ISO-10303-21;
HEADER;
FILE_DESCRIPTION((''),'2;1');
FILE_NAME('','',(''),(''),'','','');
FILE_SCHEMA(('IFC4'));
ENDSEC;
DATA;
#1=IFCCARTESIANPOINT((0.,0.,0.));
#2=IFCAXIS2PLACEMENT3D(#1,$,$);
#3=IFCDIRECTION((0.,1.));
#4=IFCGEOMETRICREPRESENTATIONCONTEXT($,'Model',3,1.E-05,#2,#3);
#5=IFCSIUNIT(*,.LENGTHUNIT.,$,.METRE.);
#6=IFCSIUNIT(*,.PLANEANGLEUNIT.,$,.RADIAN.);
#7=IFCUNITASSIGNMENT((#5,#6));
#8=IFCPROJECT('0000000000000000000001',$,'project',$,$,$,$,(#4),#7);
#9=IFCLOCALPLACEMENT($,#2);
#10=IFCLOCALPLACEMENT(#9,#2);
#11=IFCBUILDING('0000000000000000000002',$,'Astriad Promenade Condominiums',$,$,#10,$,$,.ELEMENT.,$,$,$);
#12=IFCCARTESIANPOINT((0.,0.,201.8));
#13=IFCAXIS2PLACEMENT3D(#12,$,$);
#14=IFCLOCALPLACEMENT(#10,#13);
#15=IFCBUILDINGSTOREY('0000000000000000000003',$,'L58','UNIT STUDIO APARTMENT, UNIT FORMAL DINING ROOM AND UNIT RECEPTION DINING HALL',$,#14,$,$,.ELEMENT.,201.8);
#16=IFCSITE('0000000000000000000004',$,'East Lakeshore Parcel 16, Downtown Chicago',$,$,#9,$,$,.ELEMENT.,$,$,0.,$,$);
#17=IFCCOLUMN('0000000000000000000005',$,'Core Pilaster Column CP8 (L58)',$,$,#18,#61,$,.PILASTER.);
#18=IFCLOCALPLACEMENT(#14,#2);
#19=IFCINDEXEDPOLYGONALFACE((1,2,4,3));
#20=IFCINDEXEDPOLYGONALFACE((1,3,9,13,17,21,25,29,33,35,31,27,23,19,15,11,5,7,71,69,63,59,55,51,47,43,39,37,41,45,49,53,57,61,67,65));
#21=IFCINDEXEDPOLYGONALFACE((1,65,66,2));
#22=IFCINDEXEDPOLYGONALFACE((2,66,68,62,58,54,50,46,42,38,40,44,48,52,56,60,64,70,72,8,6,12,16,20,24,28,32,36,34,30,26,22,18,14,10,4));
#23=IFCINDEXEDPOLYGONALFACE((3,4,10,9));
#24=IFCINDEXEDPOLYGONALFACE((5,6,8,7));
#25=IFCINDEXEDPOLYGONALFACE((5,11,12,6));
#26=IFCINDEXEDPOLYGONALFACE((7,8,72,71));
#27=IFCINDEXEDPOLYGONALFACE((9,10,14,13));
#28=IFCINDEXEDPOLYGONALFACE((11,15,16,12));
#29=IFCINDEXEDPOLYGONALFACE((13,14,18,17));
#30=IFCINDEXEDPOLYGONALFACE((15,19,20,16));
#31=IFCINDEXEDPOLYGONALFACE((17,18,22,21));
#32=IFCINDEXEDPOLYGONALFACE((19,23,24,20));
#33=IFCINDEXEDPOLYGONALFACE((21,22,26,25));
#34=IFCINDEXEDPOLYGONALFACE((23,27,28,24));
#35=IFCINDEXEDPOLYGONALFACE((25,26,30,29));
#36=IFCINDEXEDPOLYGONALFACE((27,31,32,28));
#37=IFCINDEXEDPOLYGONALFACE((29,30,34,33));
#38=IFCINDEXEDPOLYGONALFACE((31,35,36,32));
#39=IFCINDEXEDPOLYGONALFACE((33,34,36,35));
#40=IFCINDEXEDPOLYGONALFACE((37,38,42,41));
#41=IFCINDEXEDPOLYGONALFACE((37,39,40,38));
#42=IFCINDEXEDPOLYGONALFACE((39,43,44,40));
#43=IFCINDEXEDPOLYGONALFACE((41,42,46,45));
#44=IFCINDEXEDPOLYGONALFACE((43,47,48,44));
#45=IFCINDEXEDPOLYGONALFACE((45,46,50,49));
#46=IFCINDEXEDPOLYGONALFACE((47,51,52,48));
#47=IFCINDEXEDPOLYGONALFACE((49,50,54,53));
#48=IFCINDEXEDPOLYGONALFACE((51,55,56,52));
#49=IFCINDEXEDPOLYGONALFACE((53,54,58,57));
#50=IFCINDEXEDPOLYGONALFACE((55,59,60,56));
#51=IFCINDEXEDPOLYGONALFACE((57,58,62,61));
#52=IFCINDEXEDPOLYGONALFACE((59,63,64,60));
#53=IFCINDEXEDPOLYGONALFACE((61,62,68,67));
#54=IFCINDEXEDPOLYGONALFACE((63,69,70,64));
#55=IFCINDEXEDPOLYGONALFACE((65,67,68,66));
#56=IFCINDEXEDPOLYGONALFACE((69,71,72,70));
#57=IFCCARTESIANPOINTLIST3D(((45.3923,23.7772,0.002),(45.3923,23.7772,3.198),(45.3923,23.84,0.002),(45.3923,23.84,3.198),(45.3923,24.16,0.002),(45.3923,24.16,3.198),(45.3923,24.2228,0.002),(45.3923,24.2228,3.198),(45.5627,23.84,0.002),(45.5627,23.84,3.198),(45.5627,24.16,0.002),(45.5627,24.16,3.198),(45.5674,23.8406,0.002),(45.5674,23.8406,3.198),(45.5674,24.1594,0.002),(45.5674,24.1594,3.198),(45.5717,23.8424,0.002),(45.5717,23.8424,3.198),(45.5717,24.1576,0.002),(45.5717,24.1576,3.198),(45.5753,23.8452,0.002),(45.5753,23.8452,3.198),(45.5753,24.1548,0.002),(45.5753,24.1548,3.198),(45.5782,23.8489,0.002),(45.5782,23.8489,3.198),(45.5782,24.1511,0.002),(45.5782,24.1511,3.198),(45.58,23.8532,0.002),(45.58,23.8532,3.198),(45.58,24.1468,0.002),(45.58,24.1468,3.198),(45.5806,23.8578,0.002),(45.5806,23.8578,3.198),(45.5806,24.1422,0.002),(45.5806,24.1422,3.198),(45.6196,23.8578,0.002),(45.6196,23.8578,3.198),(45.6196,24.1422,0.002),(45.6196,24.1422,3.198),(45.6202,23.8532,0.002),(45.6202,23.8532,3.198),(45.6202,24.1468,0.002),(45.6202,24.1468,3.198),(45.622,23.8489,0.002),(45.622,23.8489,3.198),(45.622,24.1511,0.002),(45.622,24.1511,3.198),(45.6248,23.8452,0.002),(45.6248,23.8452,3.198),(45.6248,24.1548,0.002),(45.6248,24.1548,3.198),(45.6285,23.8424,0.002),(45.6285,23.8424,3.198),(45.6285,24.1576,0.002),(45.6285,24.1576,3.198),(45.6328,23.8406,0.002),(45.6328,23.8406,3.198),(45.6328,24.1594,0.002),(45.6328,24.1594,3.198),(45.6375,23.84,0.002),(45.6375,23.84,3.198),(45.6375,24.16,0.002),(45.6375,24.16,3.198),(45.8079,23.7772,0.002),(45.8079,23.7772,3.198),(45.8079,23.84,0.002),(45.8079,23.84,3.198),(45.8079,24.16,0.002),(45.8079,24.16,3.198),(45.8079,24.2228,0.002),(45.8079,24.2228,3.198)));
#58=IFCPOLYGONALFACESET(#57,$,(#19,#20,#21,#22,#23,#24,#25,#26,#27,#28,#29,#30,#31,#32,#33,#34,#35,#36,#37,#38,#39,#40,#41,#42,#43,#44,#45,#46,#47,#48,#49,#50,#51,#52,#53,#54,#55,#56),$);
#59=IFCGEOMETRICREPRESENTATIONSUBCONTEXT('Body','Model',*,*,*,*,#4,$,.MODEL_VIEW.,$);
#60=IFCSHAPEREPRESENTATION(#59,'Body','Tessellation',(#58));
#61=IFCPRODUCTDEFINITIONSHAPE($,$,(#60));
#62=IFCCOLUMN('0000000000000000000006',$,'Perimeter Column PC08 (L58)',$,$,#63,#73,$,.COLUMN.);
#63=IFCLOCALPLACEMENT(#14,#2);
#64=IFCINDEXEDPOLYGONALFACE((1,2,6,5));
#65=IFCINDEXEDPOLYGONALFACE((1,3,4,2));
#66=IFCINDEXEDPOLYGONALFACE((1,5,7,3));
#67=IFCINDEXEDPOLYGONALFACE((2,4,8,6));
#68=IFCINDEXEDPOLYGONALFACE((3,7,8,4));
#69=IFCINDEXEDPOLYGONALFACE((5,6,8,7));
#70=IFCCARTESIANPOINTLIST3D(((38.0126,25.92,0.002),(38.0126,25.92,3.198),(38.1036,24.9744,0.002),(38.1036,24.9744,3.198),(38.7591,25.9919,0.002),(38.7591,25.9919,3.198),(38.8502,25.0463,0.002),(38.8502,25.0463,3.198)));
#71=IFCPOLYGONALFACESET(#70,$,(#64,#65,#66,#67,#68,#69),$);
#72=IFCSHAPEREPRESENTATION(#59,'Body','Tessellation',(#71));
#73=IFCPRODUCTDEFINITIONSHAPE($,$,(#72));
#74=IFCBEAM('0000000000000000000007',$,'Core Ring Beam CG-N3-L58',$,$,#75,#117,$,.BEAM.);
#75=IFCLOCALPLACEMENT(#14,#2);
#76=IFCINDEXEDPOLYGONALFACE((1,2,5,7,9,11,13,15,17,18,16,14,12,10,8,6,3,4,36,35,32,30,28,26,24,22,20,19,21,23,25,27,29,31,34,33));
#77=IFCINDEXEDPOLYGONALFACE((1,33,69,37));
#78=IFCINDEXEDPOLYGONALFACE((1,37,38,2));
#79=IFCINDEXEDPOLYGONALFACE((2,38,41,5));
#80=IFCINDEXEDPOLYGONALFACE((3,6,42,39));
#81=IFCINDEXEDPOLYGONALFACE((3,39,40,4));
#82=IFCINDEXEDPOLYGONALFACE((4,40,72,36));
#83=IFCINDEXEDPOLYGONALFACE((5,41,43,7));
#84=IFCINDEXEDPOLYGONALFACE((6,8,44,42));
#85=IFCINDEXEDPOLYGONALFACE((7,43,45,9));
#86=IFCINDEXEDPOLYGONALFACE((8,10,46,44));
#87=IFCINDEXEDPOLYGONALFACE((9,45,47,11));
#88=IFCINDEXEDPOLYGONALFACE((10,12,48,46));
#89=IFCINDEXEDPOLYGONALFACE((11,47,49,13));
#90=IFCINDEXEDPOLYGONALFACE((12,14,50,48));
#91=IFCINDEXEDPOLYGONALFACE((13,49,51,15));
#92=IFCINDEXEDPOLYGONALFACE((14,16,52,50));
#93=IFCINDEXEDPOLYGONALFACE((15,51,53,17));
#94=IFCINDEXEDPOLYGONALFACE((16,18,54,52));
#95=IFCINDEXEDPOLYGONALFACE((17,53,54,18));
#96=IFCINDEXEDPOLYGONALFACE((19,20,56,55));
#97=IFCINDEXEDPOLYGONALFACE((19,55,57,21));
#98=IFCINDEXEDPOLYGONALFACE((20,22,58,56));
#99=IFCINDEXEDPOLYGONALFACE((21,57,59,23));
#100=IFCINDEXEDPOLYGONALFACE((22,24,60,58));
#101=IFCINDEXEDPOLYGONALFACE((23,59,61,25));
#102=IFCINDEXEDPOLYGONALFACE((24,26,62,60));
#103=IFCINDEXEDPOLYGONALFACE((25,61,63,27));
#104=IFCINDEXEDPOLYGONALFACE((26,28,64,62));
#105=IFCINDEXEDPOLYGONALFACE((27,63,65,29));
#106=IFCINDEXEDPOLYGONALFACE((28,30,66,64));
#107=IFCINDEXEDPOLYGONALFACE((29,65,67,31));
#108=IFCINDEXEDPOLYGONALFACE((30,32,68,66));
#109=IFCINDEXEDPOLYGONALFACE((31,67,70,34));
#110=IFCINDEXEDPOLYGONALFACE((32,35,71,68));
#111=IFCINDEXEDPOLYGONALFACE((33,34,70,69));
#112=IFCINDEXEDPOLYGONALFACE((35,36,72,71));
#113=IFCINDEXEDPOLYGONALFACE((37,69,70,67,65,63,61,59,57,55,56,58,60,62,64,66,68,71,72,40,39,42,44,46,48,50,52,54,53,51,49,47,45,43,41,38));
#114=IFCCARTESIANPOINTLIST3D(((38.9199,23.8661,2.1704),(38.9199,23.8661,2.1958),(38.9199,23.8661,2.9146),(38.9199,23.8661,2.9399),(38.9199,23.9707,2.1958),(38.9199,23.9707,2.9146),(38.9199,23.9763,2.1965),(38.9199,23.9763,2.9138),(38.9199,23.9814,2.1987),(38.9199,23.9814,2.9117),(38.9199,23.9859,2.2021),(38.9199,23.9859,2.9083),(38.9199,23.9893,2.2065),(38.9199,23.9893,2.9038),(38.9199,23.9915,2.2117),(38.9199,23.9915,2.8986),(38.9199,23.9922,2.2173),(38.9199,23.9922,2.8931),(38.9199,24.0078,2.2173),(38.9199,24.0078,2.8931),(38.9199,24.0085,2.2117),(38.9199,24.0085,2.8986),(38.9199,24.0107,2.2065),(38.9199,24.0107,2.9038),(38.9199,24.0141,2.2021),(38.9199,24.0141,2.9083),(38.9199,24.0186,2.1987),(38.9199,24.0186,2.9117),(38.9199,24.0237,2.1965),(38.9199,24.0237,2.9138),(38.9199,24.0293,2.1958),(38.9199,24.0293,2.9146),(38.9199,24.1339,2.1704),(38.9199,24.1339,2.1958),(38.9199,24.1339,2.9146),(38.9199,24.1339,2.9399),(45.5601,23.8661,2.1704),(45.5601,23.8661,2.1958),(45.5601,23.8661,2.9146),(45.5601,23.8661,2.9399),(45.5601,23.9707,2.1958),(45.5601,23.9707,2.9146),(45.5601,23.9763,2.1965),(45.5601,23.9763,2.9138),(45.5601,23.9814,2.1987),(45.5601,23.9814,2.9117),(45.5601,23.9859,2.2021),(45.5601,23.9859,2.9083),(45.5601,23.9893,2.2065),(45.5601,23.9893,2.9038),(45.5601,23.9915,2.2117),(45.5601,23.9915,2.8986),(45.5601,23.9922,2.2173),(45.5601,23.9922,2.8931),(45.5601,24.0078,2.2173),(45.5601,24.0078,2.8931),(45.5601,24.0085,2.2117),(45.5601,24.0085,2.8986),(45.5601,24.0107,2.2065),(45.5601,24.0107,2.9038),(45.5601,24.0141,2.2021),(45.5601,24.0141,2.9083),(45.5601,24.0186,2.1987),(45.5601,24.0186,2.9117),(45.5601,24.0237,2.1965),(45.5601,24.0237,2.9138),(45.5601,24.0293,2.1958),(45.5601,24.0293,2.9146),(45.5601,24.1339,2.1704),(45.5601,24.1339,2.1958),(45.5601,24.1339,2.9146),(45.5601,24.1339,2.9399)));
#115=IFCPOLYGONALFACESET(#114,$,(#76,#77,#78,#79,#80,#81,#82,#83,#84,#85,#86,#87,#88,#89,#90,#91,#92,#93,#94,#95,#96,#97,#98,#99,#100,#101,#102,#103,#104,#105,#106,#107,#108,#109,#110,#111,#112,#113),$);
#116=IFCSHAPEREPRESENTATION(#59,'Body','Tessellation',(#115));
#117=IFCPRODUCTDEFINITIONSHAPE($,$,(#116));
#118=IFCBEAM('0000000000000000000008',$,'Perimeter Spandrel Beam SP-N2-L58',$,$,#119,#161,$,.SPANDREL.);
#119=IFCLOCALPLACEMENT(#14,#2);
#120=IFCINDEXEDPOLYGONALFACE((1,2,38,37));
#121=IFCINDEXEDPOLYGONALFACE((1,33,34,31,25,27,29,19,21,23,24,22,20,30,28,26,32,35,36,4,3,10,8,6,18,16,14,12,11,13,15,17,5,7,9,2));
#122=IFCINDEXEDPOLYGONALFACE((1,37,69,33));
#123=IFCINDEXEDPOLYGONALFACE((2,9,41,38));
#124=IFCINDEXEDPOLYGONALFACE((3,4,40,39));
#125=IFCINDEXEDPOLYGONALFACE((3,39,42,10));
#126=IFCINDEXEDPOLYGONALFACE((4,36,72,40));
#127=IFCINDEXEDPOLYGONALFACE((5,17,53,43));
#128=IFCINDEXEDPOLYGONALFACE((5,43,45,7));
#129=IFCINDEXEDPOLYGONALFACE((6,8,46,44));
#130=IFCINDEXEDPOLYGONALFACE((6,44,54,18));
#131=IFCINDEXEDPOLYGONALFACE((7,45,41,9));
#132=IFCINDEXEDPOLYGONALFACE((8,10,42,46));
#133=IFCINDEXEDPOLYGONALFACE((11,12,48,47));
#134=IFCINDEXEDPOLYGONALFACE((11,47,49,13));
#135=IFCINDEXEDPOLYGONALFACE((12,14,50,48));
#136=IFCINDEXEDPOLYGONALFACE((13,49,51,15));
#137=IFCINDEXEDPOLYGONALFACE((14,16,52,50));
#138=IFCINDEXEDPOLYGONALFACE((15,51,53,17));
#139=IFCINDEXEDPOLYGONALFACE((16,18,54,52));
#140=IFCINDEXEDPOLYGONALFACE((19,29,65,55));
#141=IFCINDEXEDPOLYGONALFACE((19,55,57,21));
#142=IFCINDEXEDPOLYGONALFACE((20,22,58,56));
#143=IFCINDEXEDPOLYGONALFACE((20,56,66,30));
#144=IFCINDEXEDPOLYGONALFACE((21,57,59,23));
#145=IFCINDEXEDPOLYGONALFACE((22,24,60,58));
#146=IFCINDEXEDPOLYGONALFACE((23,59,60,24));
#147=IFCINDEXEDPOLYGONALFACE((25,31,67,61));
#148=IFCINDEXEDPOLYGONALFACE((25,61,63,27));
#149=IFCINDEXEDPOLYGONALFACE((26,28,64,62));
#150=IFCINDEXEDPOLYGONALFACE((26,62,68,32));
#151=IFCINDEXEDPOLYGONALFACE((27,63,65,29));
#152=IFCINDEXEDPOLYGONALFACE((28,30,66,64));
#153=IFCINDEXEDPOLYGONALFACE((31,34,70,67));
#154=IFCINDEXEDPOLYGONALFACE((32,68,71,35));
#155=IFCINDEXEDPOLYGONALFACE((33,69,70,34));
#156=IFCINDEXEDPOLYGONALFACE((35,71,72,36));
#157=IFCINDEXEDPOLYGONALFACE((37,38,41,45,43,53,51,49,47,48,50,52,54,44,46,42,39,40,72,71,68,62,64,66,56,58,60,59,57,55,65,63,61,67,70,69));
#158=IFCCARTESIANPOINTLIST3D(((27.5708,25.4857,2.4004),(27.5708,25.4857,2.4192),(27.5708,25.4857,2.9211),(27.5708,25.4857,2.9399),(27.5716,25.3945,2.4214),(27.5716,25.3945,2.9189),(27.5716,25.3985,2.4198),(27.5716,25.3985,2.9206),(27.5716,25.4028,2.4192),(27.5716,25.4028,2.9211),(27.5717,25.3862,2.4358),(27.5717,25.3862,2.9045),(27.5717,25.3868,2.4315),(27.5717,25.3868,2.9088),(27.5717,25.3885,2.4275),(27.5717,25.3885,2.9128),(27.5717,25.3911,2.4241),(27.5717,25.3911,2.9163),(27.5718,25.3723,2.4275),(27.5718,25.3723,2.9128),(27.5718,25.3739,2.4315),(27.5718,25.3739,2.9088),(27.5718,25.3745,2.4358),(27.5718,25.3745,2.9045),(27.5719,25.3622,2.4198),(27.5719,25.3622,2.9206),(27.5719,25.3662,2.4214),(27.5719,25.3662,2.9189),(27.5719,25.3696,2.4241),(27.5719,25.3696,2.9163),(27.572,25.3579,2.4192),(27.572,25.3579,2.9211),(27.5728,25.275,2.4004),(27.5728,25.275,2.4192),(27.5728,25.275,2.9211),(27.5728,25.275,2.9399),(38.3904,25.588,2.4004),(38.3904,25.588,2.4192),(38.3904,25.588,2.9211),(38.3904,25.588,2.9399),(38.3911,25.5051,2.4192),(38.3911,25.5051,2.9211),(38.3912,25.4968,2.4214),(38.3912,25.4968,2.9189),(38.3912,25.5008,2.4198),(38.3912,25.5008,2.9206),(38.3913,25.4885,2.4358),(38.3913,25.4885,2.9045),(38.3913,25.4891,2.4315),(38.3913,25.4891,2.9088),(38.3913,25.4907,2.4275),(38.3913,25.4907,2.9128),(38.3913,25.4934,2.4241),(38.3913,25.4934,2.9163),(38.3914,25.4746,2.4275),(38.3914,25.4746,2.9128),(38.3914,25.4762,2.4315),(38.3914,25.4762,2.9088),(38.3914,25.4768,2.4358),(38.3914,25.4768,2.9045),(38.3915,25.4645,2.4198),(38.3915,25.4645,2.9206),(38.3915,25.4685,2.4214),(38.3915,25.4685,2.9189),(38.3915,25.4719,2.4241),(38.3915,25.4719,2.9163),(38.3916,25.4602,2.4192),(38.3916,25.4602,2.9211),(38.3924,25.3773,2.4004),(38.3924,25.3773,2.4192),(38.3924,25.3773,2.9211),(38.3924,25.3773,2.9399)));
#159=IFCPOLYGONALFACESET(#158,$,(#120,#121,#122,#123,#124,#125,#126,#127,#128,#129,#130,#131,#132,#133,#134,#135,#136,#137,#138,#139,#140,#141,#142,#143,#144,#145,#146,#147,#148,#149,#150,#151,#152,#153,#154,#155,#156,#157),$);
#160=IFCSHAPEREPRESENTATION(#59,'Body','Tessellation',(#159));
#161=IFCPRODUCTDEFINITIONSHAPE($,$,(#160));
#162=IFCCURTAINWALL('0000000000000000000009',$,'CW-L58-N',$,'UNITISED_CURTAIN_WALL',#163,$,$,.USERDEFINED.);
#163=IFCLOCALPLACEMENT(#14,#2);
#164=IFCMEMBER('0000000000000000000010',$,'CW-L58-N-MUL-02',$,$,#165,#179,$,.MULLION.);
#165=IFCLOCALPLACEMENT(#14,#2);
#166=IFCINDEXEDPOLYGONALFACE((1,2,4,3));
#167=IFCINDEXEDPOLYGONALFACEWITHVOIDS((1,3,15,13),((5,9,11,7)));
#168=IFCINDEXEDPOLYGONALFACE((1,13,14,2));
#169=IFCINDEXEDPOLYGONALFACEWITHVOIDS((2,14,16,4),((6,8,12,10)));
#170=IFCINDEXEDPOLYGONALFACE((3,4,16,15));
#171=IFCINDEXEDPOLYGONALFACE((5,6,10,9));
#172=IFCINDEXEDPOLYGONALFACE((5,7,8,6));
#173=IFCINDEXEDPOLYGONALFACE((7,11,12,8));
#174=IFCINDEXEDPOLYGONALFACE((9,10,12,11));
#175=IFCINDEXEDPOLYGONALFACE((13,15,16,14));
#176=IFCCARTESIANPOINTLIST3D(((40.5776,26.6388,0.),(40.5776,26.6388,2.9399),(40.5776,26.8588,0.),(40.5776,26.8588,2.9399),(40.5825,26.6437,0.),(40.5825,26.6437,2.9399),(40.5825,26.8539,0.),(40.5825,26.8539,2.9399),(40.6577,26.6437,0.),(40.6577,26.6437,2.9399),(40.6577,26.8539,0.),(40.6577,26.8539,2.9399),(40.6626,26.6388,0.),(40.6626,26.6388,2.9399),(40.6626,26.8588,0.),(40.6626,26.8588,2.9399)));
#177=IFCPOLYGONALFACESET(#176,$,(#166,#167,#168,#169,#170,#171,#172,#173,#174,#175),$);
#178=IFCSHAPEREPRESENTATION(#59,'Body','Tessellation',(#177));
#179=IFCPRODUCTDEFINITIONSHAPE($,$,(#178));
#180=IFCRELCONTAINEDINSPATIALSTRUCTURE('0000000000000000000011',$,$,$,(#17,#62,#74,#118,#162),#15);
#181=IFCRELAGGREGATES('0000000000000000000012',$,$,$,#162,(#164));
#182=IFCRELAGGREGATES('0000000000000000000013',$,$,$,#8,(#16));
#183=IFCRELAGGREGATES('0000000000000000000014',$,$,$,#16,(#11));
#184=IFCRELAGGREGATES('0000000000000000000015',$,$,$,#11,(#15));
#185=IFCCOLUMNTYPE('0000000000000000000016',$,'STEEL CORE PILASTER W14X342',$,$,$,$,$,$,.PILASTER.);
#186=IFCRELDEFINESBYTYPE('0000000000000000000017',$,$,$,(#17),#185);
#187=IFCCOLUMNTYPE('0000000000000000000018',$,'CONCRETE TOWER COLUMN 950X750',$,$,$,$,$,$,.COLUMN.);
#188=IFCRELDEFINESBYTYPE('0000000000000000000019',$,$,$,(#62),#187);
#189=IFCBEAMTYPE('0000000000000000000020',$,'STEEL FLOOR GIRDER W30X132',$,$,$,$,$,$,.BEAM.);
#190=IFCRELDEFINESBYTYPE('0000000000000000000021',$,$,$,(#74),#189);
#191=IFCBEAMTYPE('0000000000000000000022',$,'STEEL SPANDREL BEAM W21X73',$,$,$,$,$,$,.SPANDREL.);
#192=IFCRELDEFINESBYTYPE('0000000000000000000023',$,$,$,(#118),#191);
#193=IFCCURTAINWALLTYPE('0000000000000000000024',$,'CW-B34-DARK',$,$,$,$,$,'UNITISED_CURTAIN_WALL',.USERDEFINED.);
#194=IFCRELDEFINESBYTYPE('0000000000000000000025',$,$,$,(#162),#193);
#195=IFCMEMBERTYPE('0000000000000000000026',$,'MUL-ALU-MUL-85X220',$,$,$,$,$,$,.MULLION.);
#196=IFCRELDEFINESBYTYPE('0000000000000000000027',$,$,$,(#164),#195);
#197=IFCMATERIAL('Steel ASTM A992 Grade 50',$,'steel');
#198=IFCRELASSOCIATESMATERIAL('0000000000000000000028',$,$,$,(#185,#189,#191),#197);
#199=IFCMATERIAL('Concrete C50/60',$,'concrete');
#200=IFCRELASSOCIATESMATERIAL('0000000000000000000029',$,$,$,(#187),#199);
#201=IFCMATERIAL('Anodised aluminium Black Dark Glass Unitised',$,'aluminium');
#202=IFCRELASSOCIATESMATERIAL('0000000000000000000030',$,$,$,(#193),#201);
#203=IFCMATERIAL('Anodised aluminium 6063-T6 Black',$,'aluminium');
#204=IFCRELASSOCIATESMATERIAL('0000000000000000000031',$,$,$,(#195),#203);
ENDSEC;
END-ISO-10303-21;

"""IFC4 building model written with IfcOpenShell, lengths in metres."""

from ifc_helpers import new_model, si_unit, direction, frame, origin, origin_2d, place, context, subcontext, project, spatial, rectangle, hollow_rectangle, i_section, extrude, source, transform, mapped, material, material_profile, profile_set, type_object, type_shapes, element, aggregate, save


model = new_model("IFC4")

# Units and contexts
model_context = context("Model", 3, precision=1e-05, world=origin(), true_north=direction((0.0, 1.0)))
body_context = subcontext(model_context, "Body", "Model", "MODEL_VIEW")
ifc_project = project(units=[si_unit("LENGTHUNIT", "METRE"), si_unit("PLANEANGLEUNIT", "RADIAN")], contexts=[model_context])

# Site, building, storey
site_placement = place(None, origin())
site = spatial("IfcSite", under=ifc_project, at=site_placement, Name="East Lakeshore Parcel 16, Downtown Chicago", CompositionType="ELEMENT", RefElevation=0.0)
building_placement = place(site_placement, origin())
building = spatial("IfcBuilding", under=site, at=building_placement, Name="Astriad Promenade Condominiums", CompositionType="ELEMENT")
storey_placement = place(building_placement, frame((0.0, 0.0, 201.8)))
storey = spatial("IfcBuildingStorey", under=building, at=storey_placement, Name="L58", Description="UNIT STUDIO APARTMENT, UNIT FORMAL DINING ROOM AND UNIT RECEPTION DINING HALL", CompositionType="ELEMENT", Elevation=201.8)

# Columns
ifc_material_1 = material(Name="Steel ASTM A992 Grade 50", Category="steel")
ifc_material_profile_1 = material_profile(ifc_material_1, i_section(OverallWidth=0.4155, OverallDepth=0.4456, WebThickness=0.0391, FlangeThickness=0.0627, FilletRadius=0.0178, at=origin_2d()), Name="W14X342")
ifc_profile_set_1 = profile_set([ifc_material_profile_1], Name="Steel ASTM A992 Grade 50")
column_type_1 = type_object("IfcColumnType", Name="STEEL CORE PILASTER W14X342", PredefinedType="PILASTER", material=ifc_profile_set_1)
shared_shape_1 = source(origin(), body_context, "Body", "SweptSolid", [
    extrude(i_section(OverallWidth=0.4155, OverallDepth=0.4456, WebThickness=0.0391, FlangeThickness=0.0627, FilletRadius=0.0178, at=origin_2d()), origin(), (0.0, 0.0, 1.0), 3.196),
])
type_shapes(column_type_1, [shared_shape_1])
column_1_placement = place(storey_placement, frame((45.6001, 24.0, 0.002), z_axis=(0.0, 0.0, 1.0), x_axis=(1.0, 0.0, 0.0)))
element("IfcColumn", 1, at=column_1_placement, inside=storey, type_object=column_type_1, Name="Core Pilaster Column CP8 (L58)", PredefinedType="PILASTER", context=body_context, shape_type="MappedRepresentation", body=[
    mapped(shared_shape_1, transform((0.0, 0.0, 0.0), scale=1.0)),
])
ifc_material_2 = material(Name="Concrete C50/60", Category="concrete")
ifc_material_profile_2 = material_profile(ifc_material_2, rectangle(XDim=0.75, YDim=0.95, at=origin_2d()), Name="RC-COL-950X750")
ifc_profile_set_2 = profile_set([ifc_material_profile_2], Name="Concrete C50/60")
column_type_2 = type_object("IfcColumnType", Name="CONCRETE TOWER COLUMN 950X750", PredefinedType="COLUMN", material=ifc_profile_set_2)
shared_shape_2 = source(origin(), body_context, "Body", "SweptSolid", [
    extrude(rectangle(XDim=0.75, YDim=0.95, at=origin_2d()), origin(), (0.0, 0.0, 1.0), 3.196),
])
type_shapes(column_type_2, [shared_shape_2])
column_2_placement = place(storey_placement, frame((38.4314, 25.4832, 0.002), z_axis=(0.0, 0.0, 1.0), x_axis=(0.995396, 0.095846, 0.0)))
element("IfcColumn", 2, at=column_2_placement, inside=storey, type_object=column_type_2, Name="Perimeter Column PC08 (L58)", PredefinedType="COLUMN", context=body_context, shape_type="MappedRepresentation", body=[
    mapped(shared_shape_2, transform((0.0, 0.0, 0.0), scale=1.0)),
])

# Beams
ifc_material_profile_3 = material_profile(ifc_material_1, i_section(OverallWidth=0.2678, OverallDepth=0.7695, WebThickness=0.0156, FlangeThickness=0.0254, FilletRadius=0.0215, at=origin_2d()), Name="W30X132")
ifc_profile_set_3 = profile_set([ifc_material_profile_3], Name="Steel ASTM A992 Grade 50")
beam_type_1 = type_object("IfcBeamType", Name="STEEL FLOOR GIRDER W30X132", PredefinedType="BEAM", material=ifc_profile_set_3)
shared_shape_3 = source(origin(), body_context, "Body", "SweptSolid", [
    extrude(i_section(OverallWidth=0.2678, OverallDepth=0.7695, WebThickness=0.0156, FlangeThickness=0.0254, FilletRadius=0.0215, at=origin_2d()), origin(), (0.0, 0.0, 1.0), 6.6401),
])
type_shapes(beam_type_1, [shared_shape_3])
beam_1_placement = place(storey_placement, frame((38.9199, 24.0, 2.5552), z_axis=(1.0, 0.0, 0.0), x_axis=(0.0, 1.0, 0.0)))
element("IfcBeam", 3, at=beam_1_placement, inside=storey, type_object=beam_type_1, Name="Core Ring Beam CG-N3-L58", PredefinedType="BEAM", context=body_context, shape_type="MappedRepresentation", body=[
    mapped(shared_shape_3, transform((0.0, 0.0, 0.0), scale=1.0)),
])
ifc_material_profile_4 = material_profile(ifc_material_1, i_section(OverallWidth=0.2107, OverallDepth=0.5396, WebThickness=0.0117, FlangeThickness=0.0188, FilletRadius=0.0166, at=origin_2d()), Name="W21X73")
ifc_profile_set_4 = profile_set([ifc_material_profile_4], Name="Steel ASTM A992 Grade 50")
beam_type_2 = type_object("IfcBeamType", Name="STEEL SPANDREL BEAM W21X73", PredefinedType="SPANDREL", material=ifc_profile_set_4)
shared_shape_4 = source(origin(), body_context, "Body", "SweptSolid", [
    extrude(i_section(OverallWidth=0.2107, OverallDepth=0.5396, WebThickness=0.0117, FlangeThickness=0.0188, FilletRadius=0.0166, at=origin_2d()), origin(), (0.0, 0.0, 1.0), 10.8201),
])
type_shapes(beam_type_2, [shared_shape_4])
beam_2_placement = place(storey_placement, frame((38.3914, 25.4827, 2.6702), z_axis=(-0.999955, -0.009454, 0.0), x_axis=(0.009454, -0.999955, 0.0)))
element("IfcBeam", 4, at=beam_2_placement, inside=storey, type_object=beam_type_2, Name="Perimeter Spandrel Beam SP-N2-L58", PredefinedType="SPANDREL", context=body_context, shape_type="MappedRepresentation", body=[
    mapped(shared_shape_4, transform((0.0, 0.0, 0.0), scale=1.0)),
])

# Curtain wall, member
ifc_material_3 = material(Name="Anodised aluminium Black Dark Glass Unitised", Category="aluminium")
curtain_wall_type = type_object("IfcCurtainWallType", Name="CW-B34-DARK", ElementType="UNITISED_CURTAIN_WALL", PredefinedType="USERDEFINED", material=ifc_material_3)
curtain_wall_placement = place(storey_placement, origin())
curtain_wall = element("IfcCurtainWall", 5, at=curtain_wall_placement, inside=storey, type_object=curtain_wall_type, Name="CW-L58-N", ObjectType="UNITISED_CURTAIN_WALL", PredefinedType="USERDEFINED")
ifc_material_4 = material(Name="Anodised aluminium 6063-T6 Black", Category="aluminium")
ifc_material_profile_5 = material_profile(ifc_material_4, hollow_rectangle(XDim=0.085, YDim=0.22, WallThickness=0.0049, at=origin_2d()), Name="ALU-MUL-85X220")
ifc_profile_set_5 = profile_set([ifc_material_profile_5], Name="Anodised aluminium 6063-T6 Black")
member_type_1 = type_object("IfcMemberType", Name="MUL-ALU-MUL-85X220", PredefinedType="MULLION", material=ifc_profile_set_5)
shared_shape_5 = source(origin(), body_context, "Body", "SweptSolid", [
    extrude(hollow_rectangle(XDim=0.085, YDim=0.22, WallThickness=0.0049, at=origin_2d()), origin(), (0.0, 0.0, 1.0), 2.9399),
])
type_shapes(member_type_1, [shared_shape_5])
member_1_placement = place(storey_placement, frame((40.6201, 26.7488, 0.0), z_axis=(0.0, 0.0, 1.0), x_axis=(1.0, 0.0, 0.0)))
member_1 = element("IfcMember", 6, at=member_1_placement, type_object=member_type_1, Name="CW-L58-N-MUL-02", PredefinedType="MULLION", context=body_context, shape_type="MappedRepresentation", body=[
    mapped(shared_shape_5, transform((0.0, 0.0, 0.0), scale=1.0)),
])
aggregate(curtain_wall, [member_1])

save(model, "model.ifc")
